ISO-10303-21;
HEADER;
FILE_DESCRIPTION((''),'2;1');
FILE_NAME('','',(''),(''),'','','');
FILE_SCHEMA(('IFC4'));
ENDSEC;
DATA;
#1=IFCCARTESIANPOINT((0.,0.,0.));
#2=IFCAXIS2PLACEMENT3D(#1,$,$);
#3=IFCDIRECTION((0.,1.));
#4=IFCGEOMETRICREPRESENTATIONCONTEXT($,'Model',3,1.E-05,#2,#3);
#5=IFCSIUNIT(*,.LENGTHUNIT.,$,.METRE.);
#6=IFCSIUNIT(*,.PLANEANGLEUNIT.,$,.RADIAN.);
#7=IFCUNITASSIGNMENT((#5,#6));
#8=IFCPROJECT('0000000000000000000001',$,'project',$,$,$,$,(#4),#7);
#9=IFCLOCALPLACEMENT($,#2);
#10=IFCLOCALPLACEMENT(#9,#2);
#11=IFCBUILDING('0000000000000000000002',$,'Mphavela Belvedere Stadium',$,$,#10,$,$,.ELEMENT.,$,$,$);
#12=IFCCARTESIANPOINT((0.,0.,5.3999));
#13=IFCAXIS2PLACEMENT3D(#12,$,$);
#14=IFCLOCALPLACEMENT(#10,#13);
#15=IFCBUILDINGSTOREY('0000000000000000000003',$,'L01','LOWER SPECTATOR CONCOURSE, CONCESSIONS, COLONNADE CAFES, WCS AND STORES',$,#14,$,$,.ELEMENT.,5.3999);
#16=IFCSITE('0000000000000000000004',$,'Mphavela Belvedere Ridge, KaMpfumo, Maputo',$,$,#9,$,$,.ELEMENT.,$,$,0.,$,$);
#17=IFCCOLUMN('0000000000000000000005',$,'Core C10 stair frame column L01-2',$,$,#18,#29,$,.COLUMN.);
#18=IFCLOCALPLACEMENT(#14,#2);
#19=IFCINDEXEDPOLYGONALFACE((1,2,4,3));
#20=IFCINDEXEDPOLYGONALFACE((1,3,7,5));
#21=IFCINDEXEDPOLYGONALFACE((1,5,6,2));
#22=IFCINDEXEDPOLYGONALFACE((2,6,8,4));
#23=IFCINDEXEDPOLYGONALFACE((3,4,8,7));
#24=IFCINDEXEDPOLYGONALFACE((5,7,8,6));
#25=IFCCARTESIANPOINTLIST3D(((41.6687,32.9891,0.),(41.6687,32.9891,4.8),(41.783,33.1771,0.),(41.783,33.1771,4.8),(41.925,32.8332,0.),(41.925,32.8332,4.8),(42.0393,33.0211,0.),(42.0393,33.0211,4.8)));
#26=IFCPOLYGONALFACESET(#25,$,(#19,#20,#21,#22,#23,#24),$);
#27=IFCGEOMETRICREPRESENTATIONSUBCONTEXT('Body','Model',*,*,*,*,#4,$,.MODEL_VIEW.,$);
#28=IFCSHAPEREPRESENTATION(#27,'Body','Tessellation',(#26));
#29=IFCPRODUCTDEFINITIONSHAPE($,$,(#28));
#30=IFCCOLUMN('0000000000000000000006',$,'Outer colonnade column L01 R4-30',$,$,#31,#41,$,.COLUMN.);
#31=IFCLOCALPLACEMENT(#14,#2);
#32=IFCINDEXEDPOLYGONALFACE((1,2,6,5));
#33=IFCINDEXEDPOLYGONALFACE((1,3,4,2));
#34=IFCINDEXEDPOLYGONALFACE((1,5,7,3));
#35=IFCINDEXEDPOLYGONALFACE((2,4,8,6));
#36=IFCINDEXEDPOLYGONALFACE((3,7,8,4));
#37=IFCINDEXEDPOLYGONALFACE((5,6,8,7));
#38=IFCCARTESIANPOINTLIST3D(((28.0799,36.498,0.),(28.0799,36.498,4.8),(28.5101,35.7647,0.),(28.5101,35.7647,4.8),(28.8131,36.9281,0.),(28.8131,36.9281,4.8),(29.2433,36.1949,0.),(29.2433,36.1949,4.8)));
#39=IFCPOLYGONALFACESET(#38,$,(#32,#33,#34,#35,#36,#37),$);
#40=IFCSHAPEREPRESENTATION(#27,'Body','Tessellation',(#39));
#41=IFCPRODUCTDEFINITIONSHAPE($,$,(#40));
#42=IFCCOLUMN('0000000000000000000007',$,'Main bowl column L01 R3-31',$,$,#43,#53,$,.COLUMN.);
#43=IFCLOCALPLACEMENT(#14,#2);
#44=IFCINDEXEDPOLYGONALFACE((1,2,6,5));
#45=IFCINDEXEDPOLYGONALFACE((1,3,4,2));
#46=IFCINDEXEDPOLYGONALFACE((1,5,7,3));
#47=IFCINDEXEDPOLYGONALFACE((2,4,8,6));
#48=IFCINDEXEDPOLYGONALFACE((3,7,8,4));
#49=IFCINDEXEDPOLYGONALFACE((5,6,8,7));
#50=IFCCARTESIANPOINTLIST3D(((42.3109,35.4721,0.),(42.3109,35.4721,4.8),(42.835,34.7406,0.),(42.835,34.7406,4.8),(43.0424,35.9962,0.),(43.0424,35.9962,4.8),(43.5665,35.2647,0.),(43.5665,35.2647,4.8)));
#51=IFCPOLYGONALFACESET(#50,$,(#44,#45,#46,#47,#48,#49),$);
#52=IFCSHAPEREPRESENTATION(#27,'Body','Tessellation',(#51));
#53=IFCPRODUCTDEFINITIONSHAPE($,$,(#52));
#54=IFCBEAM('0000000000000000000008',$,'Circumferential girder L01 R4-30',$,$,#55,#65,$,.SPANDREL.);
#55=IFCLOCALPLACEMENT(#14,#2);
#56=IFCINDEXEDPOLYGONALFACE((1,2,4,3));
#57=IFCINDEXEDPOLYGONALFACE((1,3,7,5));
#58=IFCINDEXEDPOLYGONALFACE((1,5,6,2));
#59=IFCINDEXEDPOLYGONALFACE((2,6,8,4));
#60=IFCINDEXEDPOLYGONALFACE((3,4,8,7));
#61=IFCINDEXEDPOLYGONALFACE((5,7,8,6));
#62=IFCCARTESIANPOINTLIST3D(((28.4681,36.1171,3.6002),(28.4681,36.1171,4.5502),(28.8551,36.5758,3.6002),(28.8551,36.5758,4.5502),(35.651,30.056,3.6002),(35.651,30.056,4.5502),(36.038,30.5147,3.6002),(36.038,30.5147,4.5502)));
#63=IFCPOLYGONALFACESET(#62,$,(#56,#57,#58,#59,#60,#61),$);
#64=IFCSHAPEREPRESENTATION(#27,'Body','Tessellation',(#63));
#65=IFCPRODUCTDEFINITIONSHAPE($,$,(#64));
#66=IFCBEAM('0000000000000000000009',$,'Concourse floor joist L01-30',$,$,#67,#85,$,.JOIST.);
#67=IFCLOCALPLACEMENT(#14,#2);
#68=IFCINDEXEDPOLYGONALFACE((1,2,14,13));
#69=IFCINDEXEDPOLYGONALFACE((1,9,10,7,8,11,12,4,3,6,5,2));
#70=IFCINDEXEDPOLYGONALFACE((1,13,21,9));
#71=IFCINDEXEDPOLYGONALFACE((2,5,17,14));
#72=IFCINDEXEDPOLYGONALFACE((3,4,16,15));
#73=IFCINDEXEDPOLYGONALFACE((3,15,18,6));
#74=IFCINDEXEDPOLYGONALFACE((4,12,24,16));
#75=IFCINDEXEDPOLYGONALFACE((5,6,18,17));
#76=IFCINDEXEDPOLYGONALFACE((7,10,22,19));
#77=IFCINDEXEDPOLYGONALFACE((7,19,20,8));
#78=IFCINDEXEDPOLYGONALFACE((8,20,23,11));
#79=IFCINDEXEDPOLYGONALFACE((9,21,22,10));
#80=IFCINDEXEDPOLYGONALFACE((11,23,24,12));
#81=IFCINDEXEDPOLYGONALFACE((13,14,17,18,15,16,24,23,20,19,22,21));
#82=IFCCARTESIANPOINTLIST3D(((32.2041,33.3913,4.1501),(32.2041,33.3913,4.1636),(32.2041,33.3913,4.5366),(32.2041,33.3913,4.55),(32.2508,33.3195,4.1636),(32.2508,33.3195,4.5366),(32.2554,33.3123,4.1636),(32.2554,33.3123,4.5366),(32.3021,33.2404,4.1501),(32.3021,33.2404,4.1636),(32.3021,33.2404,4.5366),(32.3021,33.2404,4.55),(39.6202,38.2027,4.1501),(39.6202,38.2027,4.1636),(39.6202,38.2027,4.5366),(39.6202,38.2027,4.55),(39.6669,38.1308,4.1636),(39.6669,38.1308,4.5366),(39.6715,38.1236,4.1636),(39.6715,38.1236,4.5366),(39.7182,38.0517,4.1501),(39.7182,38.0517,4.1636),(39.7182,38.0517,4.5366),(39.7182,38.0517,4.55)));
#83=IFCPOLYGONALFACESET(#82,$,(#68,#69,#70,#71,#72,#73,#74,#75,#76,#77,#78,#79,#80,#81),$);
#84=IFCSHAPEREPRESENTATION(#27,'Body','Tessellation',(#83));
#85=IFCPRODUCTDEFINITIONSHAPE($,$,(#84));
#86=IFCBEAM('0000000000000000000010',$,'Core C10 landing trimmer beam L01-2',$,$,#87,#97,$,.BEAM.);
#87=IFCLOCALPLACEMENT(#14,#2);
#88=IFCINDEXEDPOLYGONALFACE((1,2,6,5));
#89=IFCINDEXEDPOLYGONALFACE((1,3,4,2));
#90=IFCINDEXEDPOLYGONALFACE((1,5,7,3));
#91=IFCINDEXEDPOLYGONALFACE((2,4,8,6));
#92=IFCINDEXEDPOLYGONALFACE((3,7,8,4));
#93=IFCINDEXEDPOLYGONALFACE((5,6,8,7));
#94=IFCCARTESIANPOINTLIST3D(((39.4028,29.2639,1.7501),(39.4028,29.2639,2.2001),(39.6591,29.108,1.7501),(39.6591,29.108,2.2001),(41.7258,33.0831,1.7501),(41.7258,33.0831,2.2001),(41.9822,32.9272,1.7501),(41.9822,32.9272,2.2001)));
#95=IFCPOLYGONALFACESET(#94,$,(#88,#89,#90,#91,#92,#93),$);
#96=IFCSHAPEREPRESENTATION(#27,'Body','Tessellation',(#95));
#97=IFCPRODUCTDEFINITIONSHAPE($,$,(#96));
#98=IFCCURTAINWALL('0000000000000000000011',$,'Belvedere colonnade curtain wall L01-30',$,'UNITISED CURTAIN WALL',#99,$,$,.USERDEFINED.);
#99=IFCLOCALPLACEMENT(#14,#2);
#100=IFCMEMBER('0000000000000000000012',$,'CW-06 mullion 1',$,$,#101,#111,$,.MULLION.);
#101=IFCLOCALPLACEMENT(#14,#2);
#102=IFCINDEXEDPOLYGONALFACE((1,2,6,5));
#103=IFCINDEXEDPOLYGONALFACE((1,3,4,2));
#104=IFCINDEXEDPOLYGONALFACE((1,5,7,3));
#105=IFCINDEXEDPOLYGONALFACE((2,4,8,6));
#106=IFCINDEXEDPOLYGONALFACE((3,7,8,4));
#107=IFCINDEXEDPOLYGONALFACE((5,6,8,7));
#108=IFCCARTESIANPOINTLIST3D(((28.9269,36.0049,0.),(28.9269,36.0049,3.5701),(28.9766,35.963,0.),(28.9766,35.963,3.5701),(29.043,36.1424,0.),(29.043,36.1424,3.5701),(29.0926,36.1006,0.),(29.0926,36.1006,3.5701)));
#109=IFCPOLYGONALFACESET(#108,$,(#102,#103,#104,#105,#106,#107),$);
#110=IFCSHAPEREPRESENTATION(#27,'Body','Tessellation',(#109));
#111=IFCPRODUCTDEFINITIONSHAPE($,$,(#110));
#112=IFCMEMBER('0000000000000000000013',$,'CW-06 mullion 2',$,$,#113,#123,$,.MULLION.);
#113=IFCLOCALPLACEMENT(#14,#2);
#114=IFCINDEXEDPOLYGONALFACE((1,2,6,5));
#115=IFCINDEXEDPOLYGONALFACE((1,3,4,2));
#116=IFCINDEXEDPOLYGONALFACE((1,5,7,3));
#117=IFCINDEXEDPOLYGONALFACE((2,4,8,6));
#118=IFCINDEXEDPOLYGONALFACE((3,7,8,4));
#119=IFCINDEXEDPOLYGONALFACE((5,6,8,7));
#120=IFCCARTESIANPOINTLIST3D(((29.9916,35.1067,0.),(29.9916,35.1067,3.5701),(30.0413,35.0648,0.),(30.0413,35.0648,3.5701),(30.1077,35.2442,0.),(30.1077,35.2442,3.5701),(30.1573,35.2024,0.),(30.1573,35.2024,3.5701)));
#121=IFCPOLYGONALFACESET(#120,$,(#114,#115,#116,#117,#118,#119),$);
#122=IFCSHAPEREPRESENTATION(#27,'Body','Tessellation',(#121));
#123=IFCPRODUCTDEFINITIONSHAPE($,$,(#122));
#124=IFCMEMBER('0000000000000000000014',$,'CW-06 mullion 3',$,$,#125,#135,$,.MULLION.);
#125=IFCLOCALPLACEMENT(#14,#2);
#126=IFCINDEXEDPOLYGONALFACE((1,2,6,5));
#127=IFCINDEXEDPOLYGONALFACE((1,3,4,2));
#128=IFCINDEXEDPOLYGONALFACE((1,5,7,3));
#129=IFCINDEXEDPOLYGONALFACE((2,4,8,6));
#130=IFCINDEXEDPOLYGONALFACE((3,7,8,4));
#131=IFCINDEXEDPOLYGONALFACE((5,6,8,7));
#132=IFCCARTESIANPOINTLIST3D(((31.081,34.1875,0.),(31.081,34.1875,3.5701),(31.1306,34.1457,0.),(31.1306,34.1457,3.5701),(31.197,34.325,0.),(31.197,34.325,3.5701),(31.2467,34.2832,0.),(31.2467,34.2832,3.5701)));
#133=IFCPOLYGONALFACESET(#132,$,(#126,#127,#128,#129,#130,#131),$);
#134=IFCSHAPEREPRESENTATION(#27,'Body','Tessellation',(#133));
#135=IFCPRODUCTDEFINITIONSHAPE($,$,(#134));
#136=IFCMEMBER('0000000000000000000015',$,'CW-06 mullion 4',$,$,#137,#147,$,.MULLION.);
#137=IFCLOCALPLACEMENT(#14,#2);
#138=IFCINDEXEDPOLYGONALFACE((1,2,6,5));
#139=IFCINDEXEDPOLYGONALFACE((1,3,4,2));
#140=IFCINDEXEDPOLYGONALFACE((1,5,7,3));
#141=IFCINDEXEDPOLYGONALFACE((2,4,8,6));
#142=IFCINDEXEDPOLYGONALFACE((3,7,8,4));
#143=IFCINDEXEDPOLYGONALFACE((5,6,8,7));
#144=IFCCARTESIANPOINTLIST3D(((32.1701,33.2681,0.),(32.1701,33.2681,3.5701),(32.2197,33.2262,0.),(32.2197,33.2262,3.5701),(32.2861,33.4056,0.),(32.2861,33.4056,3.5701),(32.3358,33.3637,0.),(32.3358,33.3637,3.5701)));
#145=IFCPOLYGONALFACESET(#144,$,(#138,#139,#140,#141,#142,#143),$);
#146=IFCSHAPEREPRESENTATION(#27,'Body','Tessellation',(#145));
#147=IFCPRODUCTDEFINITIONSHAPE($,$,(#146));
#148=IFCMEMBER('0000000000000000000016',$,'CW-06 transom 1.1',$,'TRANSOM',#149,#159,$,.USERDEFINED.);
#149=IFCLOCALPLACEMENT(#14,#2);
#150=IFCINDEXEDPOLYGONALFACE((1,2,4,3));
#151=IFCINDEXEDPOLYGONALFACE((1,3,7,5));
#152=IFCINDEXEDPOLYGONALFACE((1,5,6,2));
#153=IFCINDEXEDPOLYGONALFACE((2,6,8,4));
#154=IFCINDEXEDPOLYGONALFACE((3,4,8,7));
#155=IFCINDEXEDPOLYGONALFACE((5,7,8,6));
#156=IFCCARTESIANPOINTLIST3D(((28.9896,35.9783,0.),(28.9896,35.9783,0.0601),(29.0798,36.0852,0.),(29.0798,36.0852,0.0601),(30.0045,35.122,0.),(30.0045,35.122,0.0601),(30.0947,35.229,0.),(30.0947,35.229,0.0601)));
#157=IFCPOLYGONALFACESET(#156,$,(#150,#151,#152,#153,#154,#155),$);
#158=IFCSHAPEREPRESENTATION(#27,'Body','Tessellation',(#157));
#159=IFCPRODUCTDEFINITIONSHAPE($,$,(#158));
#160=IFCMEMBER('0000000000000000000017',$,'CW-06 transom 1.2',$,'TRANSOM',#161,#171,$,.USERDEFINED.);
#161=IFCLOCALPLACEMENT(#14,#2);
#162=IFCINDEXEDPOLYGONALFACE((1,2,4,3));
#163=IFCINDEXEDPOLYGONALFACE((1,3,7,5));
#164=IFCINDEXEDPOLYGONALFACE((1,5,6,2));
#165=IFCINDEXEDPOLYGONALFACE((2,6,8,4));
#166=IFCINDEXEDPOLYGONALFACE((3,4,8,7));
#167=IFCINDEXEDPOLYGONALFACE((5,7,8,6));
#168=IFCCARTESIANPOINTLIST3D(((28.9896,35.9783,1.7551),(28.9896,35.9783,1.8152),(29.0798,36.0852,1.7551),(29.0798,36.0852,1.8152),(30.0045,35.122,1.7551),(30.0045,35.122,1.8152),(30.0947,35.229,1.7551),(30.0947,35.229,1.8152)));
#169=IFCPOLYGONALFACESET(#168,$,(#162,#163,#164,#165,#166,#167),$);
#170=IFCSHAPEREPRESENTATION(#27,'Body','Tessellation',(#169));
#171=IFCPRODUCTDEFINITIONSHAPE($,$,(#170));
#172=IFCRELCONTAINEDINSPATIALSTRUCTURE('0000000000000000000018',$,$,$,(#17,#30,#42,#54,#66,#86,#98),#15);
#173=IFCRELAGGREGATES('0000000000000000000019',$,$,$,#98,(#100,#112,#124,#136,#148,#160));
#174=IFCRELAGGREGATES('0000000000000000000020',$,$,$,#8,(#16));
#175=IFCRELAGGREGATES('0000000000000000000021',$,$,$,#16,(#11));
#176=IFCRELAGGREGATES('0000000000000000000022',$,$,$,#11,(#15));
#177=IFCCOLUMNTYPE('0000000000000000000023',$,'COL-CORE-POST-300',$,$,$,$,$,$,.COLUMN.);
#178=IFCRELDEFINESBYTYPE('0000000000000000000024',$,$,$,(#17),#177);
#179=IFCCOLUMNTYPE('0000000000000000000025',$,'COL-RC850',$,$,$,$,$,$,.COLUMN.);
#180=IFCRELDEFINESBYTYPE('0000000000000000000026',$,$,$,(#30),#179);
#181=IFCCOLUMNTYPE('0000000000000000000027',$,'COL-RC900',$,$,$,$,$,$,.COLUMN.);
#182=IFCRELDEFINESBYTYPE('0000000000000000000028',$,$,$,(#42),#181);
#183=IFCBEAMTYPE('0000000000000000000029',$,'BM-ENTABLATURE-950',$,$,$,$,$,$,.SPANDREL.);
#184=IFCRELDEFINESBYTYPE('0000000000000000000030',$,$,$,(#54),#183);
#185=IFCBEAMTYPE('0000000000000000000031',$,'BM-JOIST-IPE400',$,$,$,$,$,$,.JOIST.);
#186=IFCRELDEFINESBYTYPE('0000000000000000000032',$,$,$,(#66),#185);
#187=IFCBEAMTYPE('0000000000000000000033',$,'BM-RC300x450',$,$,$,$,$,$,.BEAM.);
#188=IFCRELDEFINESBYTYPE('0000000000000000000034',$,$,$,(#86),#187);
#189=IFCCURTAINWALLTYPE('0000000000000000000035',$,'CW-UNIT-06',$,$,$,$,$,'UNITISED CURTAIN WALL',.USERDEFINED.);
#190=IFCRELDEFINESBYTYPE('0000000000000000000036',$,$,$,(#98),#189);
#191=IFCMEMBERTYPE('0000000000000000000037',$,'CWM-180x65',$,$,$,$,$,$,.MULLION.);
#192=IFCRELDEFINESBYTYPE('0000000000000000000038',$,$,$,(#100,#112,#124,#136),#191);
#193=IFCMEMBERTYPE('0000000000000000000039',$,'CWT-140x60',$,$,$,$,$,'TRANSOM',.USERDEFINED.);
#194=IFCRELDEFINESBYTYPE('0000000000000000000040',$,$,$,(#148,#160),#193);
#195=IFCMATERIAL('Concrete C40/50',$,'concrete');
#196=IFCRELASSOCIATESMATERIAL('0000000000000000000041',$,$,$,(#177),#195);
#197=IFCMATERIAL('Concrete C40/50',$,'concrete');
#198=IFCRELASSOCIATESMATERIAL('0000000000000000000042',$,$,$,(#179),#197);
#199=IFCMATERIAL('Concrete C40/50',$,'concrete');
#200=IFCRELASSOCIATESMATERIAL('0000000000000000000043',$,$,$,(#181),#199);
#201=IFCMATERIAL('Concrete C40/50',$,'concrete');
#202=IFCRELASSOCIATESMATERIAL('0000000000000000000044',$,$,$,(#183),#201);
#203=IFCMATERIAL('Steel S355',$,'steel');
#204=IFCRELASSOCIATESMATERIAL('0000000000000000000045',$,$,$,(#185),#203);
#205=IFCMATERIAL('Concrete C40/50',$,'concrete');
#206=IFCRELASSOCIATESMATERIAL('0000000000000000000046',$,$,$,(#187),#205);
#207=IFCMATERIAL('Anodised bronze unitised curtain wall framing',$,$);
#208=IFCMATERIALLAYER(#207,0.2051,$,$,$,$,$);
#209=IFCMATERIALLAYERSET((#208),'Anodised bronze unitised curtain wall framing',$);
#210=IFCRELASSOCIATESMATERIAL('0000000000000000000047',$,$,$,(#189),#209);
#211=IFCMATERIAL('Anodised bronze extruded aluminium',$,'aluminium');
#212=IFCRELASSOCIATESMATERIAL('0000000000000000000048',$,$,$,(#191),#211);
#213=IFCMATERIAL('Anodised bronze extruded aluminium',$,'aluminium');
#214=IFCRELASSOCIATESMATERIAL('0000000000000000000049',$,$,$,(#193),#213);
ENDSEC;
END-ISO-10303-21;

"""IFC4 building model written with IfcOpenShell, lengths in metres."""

from ifc_helpers import new_model, si_unit, direction, frame, origin, origin_2d, place, context, subcontext, project, spatial, rectangle, i_section, extrude, material, layer, layer_set, material_profile, profile_set, type_object, element, aggregate, save


model = new_model("IFC4")

# Units and contexts
model_context = context("Model", 3, precision=1e-05, world=origin(), true_north=direction((0.0, 1.0)))
body_context = subcontext(model_context, "Body", "Model", "MODEL_VIEW")
ifc_project = project(units=[si_unit("LENGTHUNIT", "METRE"), si_unit("PLANEANGLEUNIT", "RADIAN")], contexts=[model_context])

# Site, building, storey
site_placement = place(None, origin())
site = spatial("IfcSite", under=ifc_project, at=site_placement, Name="Mphavela Belvedere Ridge, KaMpfumo, Maputo", CompositionType="ELEMENT", RefElevation=0.0)
building_placement = place(site_placement, origin())
building = spatial("IfcBuilding", under=site, at=building_placement, Name="Mphavela Belvedere Stadium", CompositionType="ELEMENT")
storey_placement = place(building_placement, frame((0.0, 0.0, 5.3999)))
storey = spatial("IfcBuildingStorey", under=building, at=storey_placement, Name="L01", Description="LOWER SPECTATOR CONCOURSE, CONCESSIONS, COLONNADE CAFES, WCS AND STORES", CompositionType="ELEMENT", Elevation=5.3999)

# Columns
ifc_material_1 = material(Name="Concrete C40/50", Category="concrete")
ifc_material_profile_1 = material_profile(ifc_material_1, rectangle(XDim=0.3, YDim=0.22, at=origin_2d()), Name="RC 300x220")
ifc_profile_set_1 = profile_set([ifc_material_profile_1], Name="Concrete C40/50")
column_type_1 = type_object("IfcColumnType", Name="COL-CORE-POST-300", PredefinedType="COLUMN", material=ifc_profile_set_1)
column_1_placement = place(storey_placement, frame((41.854, 33.0051, 0.0), z_axis=(0.0, 0.0, 1.0), x_axis=(-0.854368, 0.519668, 0.0)))
element("IfcColumn", 1, at=column_1_placement, inside=storey, type_object=column_type_1, Name="Core C10 stair frame column L01-2", PredefinedType="COLUMN", context=body_context, shape_type="SweptSolid", body=[
    extrude(rectangle(XDim=0.3, YDim=0.22, at=origin_2d()), origin(), (0.0, 0.0, 1.0), 4.8),
])
ifc_material_2 = material(Name="Concrete C40/50", Category="concrete")
ifc_material_profile_2 = material_profile(ifc_material_2, rectangle(XDim=0.8501, YDim=0.8501, at=origin_2d()), Name="RC 850x850")
ifc_profile_set_2 = profile_set([ifc_material_profile_2], Name="Concrete C40/50")
column_type_2 = type_object("IfcColumnType", Name="COL-RC850", PredefinedType="COLUMN", material=ifc_profile_set_2)
column_2_placement = place(storey_placement, frame((28.6616, 36.3464, 0.0), z_axis=(0.0, 0.0, 1.0), x_axis=(-0.862514, -0.506034, 0.0)))
element("IfcColumn", 2, at=column_2_placement, inside=storey, type_object=column_type_2, Name="Outer colonnade column L01 R4-30", PredefinedType="COLUMN", context=body_context, shape_type="SweptSolid", body=[
    extrude(rectangle(XDim=0.8501, YDim=0.8501, at=origin_2d()), origin(), (0.0, 0.0, 1.0), 4.8),
])
ifc_material_3 = material(Name="Concrete C40/50", Category="concrete")
ifc_material_profile_3 = material_profile(ifc_material_3, rectangle(XDim=0.8999, YDim=0.8999, at=origin_2d()), Name="RC 900x900")
ifc_profile_set_3 = profile_set([ifc_material_profile_3], Name="Concrete C40/50")
column_type_3 = type_object("IfcColumnType", Name="COL-RC900", PredefinedType="COLUMN", material=ifc_profile_set_3)
column_3_placement = place(storey_placement, frame((42.9387, 35.3684, 0.0), z_axis=(0.0, 0.0, 1.0), x_axis=(-0.812898, -0.582407, 0.0)))
element("IfcColumn", 3, at=column_3_placement, inside=storey, type_object=column_type_3, Name="Main bowl column L01 R3-31", PredefinedType="COLUMN", context=body_context, shape_type="SweptSolid", body=[
    extrude(rectangle(XDim=0.8999, YDim=0.8999, at=origin_2d()), origin(), (0.0, 0.0, 1.0), 4.8),
])

# Beams
ifc_material_4 = material(Name="Concrete C40/50", Category="concrete")
ifc_material_profile_4 = material_profile(ifc_material_4, rectangle(XDim=0.6001, YDim=0.95, at=origin_2d()), Name="RC 600x950")
ifc_profile_set_4 = profile_set([ifc_material_profile_4], Name="Concrete C40/50")
beam_type_1 = type_object("IfcBeamType", Name="BM-ENTABLATURE-950", PredefinedType="SPANDREL", material=ifc_profile_set_4)
beam_1_placement = place(storey_placement, frame((28.6616, 36.3464, 4.0752), z_axis=(0.764265, -0.644902, 0.0), x_axis=(0.644902, 0.764265, 0.0)))
element("IfcBeam", 4, at=beam_1_placement, inside=storey, type_object=beam_type_1, Name="Circumferential girder L01 R4-30", PredefinedType="SPANDREL", context=body_context, shape_type="SweptSolid", body=[
    extrude(rectangle(XDim=0.6001, YDim=0.95, at=origin_2d()), origin(), (0.0, 0.0, 1.0), 9.3984),
])
ifc_material_5 = material(Name="Steel S355", Category="steel")
ifc_material_profile_5 = material_profile(ifc_material_5, i_section(OverallWidth=0.1799, OverallDepth=0.3999, WebThickness=0.0085, FlangeThickness=0.0134, at=origin_2d()), Name="IPE 400")
ifc_profile_set_5 = profile_set([ifc_material_profile_5], Name="Steel S355")
beam_type_2 = type_object("IfcBeamType", Name="BM-JOIST-IPE400", PredefinedType="JOIST", material=ifc_profile_set_5)
beam_2_placement = place(storey_placement, frame((39.6692, 38.1272, 4.3501), z_axis=(-0.838915, -0.544262, 0.0), x_axis=(0.544262, -0.838915, 0.0)))
element("IfcBeam", 5, at=beam_2_placement, inside=storey, type_object=beam_type_2, Name="Concourse floor joist L01-30", PredefinedType="JOIST", context=body_context, shape_type="SweptSolid", body=[
    extrude(i_section(OverallWidth=0.1799, OverallDepth=0.3999, WebThickness=0.0085, FlangeThickness=0.0134, at=origin_2d()), origin(), (0.0, 0.0, 1.0), 8.8401),
])
ifc_material_6 = material(Name="Concrete C40/50", Category="concrete")
ifc_material_profile_6 = material_profile(ifc_material_6, rectangle(XDim=0.3, YDim=0.45, at=origin_2d()), Name="RC 300x450")
ifc_profile_set_6 = profile_set([ifc_material_profile_6], Name="Concrete C40/50")
beam_type_3 = type_object("IfcBeamType", Name="BM-RC300x450", PredefinedType="BEAM", material=ifc_profile_set_6)
beam_3_placement = place(storey_placement, frame((41.854, 33.0051, 1.9751), z_axis=(-0.519675, -0.854364, 0.0), x_axis=(0.854364, -0.519675, 0.0)))
element("IfcBeam", 6, at=beam_3_placement, inside=storey, type_object=beam_type_3, Name="Core C10 landing trimmer beam L01-2", PredefinedType="BEAM", context=body_context, shape_type="SweptSolid", body=[
    extrude(rectangle(XDim=0.3, YDim=0.45, at=origin_2d()), origin(), (0.0, 0.0, 1.0), 4.4702),
])

# Curtain wall, members
ifc_material_7 = material(Name="Anodised bronze unitised curtain wall framing")
ifc_layer_1 = layer(ifc_material_7, 0.2051)
ifc_layer_set_1 = layer_set([ifc_layer_1], Name="Anodised bronze unitised curtain wall framing")
curtain_wall_type = type_object("IfcCurtainWallType", Name="CW-UNIT-06", ElementType="UNITISED CURTAIN WALL", PredefinedType="USERDEFINED", material=ifc_layer_set_1)
curtain_wall_placement = place(storey_placement, origin())
curtain_wall = element("IfcCurtainWall", 7, at=curtain_wall_placement, inside=storey, type_object=curtain_wall_type, Name="Belvedere colonnade curtain wall L01-30", ObjectType="UNITISED CURTAIN WALL", PredefinedType="USERDEFINED")
ifc_material_8 = material(Name="Anodised bronze extruded aluminium", Category="aluminium")
ifc_material_profile_7 = material_profile(ifc_material_8, rectangle(XDim=0.1799, YDim=0.0649, at=origin_2d()), Name="CW-MUL 180x65")
ifc_profile_set_7 = profile_set([ifc_material_profile_7], Name="Anodised bronze extruded aluminium")
member_type_1 = type_object("IfcMemberType", Name="CWM-180x65", PredefinedType="MULLION", material=ifc_profile_set_7)
member_1_placement = place(storey_placement, frame((29.0098, 36.0527, 0.0), z_axis=(0.0, 0.0, 1.0), x_axis=(0.64491, 0.764259, 0.0)))
member_1 = element("IfcMember", 8, at=member_1_placement, type_object=member_type_1, Name="CW-06 mullion 1", PredefinedType="MULLION", context=body_context, shape_type="SweptSolid", body=[
    extrude(rectangle(XDim=0.1799, YDim=0.0649, at=origin_2d()), origin(), (0.0, 0.0, 1.0), 3.5701),
])
member_2_placement = place(storey_placement, frame((30.0745, 35.1545, 0.0), z_axis=(0.0, 0.0, 1.0), x_axis=(0.64491, 0.764259, 0.0)))
member_2 = element("IfcMember", 9, at=member_2_placement, type_object=member_type_1, Name="CW-06 mullion 2", PredefinedType="MULLION", context=body_context, shape_type="SweptSolid", body=[
    extrude(rectangle(XDim=0.1799, YDim=0.0649, at=origin_2d()), origin(), (0.0, 0.0, 1.0), 3.5701),
])
member_3_placement = place(storey_placement, frame((31.1638, 34.2354, 0.0), z_axis=(0.0, 0.0, 1.0), x_axis=(0.64491, 0.764259, 0.0)))
member_3 = element("IfcMember", 10, at=member_3_placement, type_object=member_type_1, Name="CW-06 mullion 3", PredefinedType="MULLION", context=body_context, shape_type="SweptSolid", body=[
    extrude(rectangle(XDim=0.1799, YDim=0.0649, at=origin_2d()), origin(), (0.0, 0.0, 1.0), 3.5701),
])
member_4_placement = place(storey_placement, frame((32.2529, 33.3159, 0.0), z_axis=(0.0, 0.0, 1.0), x_axis=(0.64491, 0.764259, 0.0)))
member_4 = element("IfcMember", 11, at=member_4_placement, type_object=member_type_1, Name="CW-06 mullion 4", PredefinedType="MULLION", context=body_context, shape_type="SweptSolid", body=[
    extrude(rectangle(XDim=0.1799, YDim=0.0649, at=origin_2d()), origin(), (0.0, 0.0, 1.0), 3.5701),
])
ifc_material_9 = material(Name="Anodised bronze extruded aluminium", Category="aluminium")
ifc_material_profile_8 = material_profile(ifc_material_9, rectangle(XDim=0.1399, YDim=0.0601, at=origin_2d()), Name="CW-TRN 140x60")
ifc_profile_set_8 = profile_set([ifc_material_profile_8], Name="Anodised bronze extruded aluminium")
member_type_2 = type_object("IfcMemberType", Name="CWT-140x60", ElementType="TRANSOM", PredefinedType="USERDEFINED", material=ifc_profile_set_8)
member_5_placement = place(storey_placement, frame((29.0347, 36.0317, 0.03), z_axis=(0.764334, -0.644821, 0.0), x_axis=(0.644821, 0.764334, 0.0)))
member_5 = element("IfcMember", 12, at=member_5_placement, type_object=member_type_2, Name="CW-06 transom 1.1", ObjectType="TRANSOM", PredefinedType="USERDEFINED", context=body_context, shape_type="SweptSolid", body=[
    extrude(rectangle(XDim=0.1399, YDim=0.0601, at=origin_2d()), origin(), (0.0, 0.0, 1.0), 1.3279),
])
member_6_placement = place(storey_placement, frame((29.0347, 36.0317, 1.7852), z_axis=(0.764334, -0.644821, 0.0), x_axis=(0.644821, 0.764334, 0.0)))
member_6 = element("IfcMember", 13, at=member_6_placement, type_object=member_type_2, Name="CW-06 transom 1.2", ObjectType="TRANSOM", PredefinedType="USERDEFINED", context=body_context, shape_type="SweptSolid", body=[
    extrude(rectangle(XDim=0.1399, YDim=0.0601, at=origin_2d()), origin(), (0.0, 0.0, 1.0), 1.3279),
])
aggregate(curtain_wall, [member_1, member_2, member_3, member_4, member_5, member_6])

save(model, "model.ifc")
